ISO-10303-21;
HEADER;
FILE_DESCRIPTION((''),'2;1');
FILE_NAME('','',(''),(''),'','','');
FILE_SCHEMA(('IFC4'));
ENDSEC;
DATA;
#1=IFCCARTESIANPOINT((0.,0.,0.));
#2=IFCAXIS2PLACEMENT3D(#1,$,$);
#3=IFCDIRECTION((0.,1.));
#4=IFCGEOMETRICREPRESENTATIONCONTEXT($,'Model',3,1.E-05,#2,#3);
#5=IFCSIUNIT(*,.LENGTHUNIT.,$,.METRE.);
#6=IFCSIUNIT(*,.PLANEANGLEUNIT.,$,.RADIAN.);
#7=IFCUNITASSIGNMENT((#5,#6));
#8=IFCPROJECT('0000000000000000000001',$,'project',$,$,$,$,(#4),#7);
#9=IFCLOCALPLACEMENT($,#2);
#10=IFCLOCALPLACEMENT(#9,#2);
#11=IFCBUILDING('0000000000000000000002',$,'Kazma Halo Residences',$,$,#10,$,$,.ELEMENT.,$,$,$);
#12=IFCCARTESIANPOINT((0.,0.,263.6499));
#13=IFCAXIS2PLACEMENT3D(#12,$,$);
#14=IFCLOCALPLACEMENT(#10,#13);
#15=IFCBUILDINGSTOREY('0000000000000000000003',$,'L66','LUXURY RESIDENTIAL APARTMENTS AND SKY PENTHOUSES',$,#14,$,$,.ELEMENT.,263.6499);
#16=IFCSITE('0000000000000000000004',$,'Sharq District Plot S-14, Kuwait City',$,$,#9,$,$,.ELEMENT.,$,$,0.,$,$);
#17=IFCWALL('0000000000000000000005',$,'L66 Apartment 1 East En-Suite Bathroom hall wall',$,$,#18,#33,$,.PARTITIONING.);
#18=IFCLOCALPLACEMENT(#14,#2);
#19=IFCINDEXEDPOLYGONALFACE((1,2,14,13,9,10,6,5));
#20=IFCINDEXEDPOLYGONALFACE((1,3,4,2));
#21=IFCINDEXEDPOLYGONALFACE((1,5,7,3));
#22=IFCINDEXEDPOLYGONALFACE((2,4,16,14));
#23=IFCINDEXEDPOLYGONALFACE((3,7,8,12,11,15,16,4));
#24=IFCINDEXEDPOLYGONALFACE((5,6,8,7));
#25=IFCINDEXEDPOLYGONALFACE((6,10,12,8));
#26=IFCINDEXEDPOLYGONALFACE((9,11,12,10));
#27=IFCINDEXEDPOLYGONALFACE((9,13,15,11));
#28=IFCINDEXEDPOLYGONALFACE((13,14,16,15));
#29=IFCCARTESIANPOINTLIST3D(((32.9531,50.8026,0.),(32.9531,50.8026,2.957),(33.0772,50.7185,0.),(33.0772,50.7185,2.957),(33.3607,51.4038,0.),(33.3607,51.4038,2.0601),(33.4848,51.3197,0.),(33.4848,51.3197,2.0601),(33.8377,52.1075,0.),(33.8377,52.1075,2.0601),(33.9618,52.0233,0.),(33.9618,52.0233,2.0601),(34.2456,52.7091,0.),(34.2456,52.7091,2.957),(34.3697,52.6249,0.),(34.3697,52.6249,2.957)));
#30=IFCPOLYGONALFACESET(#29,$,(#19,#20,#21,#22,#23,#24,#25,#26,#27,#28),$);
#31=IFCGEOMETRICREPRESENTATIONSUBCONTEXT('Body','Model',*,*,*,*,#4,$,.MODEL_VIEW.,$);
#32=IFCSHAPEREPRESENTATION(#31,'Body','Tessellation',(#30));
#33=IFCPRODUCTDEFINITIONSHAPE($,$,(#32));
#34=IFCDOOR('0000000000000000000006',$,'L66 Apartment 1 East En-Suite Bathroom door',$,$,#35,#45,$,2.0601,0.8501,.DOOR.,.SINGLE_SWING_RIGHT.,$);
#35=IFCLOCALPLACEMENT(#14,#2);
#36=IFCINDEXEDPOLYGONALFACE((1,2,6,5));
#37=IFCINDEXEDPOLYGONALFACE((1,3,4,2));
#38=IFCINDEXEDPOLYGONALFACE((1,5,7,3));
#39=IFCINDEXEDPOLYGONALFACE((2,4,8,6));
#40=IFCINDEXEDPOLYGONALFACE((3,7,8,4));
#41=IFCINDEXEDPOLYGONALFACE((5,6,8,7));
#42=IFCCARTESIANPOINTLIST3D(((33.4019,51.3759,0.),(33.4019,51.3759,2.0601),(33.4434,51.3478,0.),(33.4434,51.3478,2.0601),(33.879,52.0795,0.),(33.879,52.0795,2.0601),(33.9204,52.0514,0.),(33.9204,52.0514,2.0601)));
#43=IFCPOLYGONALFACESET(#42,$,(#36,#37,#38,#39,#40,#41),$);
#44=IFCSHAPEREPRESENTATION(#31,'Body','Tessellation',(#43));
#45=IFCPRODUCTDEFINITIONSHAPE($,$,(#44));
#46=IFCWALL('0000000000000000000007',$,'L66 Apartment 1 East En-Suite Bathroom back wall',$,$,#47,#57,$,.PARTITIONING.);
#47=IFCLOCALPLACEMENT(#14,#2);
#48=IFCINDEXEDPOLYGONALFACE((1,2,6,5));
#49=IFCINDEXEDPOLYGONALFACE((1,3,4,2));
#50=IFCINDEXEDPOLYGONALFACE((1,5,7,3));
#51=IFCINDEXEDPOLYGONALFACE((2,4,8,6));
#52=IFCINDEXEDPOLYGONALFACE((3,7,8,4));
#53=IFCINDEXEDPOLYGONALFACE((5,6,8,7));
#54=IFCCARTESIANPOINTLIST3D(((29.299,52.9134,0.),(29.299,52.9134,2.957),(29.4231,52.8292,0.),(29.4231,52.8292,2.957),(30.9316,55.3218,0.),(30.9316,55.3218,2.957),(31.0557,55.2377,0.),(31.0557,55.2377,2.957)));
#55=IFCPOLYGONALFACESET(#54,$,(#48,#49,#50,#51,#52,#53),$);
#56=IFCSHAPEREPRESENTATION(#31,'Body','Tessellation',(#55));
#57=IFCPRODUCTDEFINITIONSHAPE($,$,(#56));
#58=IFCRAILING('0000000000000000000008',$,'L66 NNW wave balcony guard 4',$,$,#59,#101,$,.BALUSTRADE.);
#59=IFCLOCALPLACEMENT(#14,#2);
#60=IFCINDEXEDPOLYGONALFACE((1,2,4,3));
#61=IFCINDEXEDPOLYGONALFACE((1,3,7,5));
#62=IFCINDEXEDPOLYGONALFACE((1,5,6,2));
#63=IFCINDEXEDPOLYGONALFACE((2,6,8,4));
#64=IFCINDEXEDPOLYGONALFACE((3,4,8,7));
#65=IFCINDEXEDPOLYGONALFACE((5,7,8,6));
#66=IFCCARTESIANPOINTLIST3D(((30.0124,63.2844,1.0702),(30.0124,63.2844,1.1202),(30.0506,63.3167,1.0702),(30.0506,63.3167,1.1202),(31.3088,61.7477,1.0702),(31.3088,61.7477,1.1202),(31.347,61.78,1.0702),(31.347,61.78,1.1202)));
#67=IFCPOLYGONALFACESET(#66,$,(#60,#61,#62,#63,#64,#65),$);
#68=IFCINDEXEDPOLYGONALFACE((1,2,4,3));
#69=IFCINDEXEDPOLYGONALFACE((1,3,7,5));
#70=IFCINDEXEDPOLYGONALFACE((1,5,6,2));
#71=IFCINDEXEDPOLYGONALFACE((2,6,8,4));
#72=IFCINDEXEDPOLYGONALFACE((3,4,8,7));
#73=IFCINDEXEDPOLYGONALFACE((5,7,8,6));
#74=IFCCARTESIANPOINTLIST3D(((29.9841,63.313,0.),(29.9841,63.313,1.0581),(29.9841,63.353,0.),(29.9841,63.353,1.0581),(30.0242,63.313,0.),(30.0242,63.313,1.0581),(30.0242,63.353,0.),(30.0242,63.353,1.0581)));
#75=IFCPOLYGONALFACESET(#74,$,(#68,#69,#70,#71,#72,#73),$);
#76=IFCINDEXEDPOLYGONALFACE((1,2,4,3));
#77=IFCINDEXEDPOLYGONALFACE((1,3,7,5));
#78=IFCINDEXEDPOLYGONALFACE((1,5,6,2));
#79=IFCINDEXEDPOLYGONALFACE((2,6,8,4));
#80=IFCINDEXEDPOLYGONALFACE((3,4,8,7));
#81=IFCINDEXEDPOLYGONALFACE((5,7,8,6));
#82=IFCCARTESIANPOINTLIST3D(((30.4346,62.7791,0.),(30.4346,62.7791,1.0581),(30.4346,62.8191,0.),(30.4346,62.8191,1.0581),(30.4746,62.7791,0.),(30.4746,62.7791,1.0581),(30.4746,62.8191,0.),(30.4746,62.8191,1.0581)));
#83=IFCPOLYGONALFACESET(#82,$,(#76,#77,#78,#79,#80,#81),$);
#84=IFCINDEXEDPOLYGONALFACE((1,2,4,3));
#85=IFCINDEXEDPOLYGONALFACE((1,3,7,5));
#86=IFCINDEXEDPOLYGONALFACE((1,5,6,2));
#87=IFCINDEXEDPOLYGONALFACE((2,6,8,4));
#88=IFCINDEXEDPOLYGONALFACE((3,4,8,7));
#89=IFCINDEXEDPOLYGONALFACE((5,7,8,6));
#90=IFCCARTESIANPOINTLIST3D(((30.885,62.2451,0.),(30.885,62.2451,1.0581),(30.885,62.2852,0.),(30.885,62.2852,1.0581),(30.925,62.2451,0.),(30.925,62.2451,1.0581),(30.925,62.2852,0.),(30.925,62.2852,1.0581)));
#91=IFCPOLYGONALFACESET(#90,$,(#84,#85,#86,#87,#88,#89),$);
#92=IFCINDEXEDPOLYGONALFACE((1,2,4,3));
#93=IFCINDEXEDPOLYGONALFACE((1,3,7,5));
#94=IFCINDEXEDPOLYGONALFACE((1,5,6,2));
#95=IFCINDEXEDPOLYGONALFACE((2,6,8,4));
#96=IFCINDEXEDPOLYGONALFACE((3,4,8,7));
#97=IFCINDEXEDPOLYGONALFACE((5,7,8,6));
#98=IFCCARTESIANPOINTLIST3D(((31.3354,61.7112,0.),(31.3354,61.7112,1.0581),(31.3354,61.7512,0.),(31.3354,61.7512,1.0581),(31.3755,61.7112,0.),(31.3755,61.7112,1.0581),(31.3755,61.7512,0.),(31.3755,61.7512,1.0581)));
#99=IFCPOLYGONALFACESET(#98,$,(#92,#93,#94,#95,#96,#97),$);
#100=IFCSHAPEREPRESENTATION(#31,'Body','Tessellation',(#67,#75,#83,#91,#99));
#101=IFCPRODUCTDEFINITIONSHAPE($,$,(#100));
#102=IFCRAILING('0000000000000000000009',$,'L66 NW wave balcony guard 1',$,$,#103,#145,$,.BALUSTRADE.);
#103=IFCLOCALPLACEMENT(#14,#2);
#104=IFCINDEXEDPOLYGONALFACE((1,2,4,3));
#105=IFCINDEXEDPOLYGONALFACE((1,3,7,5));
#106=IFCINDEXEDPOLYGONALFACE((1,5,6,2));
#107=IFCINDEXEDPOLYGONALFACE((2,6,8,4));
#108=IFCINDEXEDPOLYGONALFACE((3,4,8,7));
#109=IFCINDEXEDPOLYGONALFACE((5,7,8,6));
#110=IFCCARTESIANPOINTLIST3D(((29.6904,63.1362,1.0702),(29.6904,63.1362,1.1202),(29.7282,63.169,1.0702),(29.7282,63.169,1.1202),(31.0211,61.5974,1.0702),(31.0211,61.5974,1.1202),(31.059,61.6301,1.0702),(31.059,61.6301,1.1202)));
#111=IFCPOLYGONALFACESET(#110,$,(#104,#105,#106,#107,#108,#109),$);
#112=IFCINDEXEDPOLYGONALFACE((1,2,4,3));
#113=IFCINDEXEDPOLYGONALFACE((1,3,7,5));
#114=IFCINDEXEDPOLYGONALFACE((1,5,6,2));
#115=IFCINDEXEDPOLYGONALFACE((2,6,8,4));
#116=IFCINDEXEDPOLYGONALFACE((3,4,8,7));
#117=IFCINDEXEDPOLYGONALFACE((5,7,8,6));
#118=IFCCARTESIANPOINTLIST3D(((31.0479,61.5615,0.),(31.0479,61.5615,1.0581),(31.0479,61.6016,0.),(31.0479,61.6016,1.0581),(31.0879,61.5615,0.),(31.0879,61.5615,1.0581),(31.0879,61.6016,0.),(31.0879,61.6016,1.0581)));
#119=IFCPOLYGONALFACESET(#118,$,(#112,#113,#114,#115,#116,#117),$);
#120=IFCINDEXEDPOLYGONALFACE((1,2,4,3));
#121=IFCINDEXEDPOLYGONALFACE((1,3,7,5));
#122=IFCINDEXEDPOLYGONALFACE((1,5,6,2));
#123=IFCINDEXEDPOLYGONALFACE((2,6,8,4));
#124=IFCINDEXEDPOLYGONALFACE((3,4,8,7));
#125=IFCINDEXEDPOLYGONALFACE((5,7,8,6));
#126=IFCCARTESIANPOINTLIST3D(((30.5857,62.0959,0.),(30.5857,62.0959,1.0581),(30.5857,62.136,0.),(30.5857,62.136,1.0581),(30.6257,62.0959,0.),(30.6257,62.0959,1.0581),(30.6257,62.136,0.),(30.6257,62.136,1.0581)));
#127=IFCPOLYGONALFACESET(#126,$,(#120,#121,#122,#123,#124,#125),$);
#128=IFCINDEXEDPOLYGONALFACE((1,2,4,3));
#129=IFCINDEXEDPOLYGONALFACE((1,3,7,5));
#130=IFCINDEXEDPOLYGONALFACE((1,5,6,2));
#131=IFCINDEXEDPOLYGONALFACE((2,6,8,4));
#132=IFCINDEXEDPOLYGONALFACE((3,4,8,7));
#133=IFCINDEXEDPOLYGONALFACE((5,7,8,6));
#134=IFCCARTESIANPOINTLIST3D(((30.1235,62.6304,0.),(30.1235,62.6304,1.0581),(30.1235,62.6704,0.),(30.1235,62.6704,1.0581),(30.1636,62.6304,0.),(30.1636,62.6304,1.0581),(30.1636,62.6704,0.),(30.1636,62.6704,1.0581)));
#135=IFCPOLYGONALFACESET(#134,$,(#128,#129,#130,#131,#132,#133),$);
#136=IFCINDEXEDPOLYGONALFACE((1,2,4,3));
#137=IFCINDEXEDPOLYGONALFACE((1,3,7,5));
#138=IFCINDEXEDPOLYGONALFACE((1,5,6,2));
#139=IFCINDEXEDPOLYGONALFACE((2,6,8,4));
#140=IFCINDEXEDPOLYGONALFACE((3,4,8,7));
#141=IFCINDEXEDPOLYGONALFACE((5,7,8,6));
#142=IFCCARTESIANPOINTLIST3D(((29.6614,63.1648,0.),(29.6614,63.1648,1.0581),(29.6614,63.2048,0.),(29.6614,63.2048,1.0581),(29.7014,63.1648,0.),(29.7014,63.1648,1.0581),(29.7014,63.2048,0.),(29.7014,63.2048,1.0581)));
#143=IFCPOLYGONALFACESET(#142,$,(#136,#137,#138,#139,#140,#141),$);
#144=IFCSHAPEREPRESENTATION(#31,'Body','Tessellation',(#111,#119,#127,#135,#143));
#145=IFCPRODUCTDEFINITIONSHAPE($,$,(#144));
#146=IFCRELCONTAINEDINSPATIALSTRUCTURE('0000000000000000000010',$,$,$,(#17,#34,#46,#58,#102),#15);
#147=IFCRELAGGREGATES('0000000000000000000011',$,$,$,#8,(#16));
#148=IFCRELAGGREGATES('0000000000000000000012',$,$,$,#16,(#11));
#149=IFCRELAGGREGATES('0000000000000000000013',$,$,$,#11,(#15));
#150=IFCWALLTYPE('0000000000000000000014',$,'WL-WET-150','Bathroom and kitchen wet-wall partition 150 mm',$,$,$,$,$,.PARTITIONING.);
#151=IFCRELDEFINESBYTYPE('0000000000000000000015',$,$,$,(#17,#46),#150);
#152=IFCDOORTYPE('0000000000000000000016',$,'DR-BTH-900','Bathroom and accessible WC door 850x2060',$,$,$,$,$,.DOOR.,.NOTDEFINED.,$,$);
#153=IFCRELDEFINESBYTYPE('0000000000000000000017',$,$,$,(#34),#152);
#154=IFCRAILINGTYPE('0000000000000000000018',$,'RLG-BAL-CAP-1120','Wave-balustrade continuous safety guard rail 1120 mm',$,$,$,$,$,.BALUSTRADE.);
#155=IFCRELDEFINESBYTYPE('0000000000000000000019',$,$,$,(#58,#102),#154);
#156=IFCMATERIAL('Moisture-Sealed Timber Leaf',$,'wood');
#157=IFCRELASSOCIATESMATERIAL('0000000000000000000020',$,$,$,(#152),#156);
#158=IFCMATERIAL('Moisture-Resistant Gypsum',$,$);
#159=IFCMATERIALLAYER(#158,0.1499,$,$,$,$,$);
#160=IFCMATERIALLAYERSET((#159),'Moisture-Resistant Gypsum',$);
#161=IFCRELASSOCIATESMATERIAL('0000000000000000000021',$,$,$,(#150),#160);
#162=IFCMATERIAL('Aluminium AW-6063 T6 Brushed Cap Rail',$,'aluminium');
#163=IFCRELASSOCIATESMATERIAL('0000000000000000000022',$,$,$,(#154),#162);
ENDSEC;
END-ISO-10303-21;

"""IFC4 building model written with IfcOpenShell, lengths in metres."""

from ifc_helpers import new_model, si_unit, direction, frame, frame_2d, origin, origin_2d, place, context, subcontext, project, spatial, rectangle, extrude, material, layer, layer_set, type_object, element, fill, save


model = new_model("IFC4")

# Units and contexts
model_context = context("Model", 3, precision=1e-05, world=origin(), true_north=direction((0.0, 1.0)))
body_context = subcontext(model_context, "Body", "Model", "MODEL_VIEW")
ifc_project = project(units=[si_unit("LENGTHUNIT", "METRE"), si_unit("PLANEANGLEUNIT", "RADIAN")], contexts=[model_context])

# Site, building, storey
site_placement = place(None, origin())
site = spatial("IfcSite", under=ifc_project, at=site_placement, Name="Sharq District Plot S-14, Kuwait City", CompositionType="ELEMENT", RefElevation=0.0)
building_placement = place(site_placement, origin())
building = spatial("IfcBuilding", under=site, at=building_placement, Name="Kazma Halo Residences", CompositionType="ELEMENT")
storey_placement = place(building_placement, frame((0.0, 0.0, 263.6499)))
storey = spatial("IfcBuildingStorey", under=building, at=storey_placement, Name="L66", Description="LUXURY RESIDENTIAL APARTMENTS AND SKY PENTHOUSES", CompositionType="ELEMENT", Elevation=263.6499)

# Wall, opening, door
ifc_material_1 = material(Name="Moisture-Sealed Timber Leaf", Category="wood")
door_type_1 = type_object("IfcDoorType", Name="DR-BTH-900", Description="Bathroom and accessible WC door 850x2060", OperationType="NOTDEFINED", PredefinedType="DOOR", material=ifc_material_1)
ifc_material_2 = material(Name="Moisture-Resistant Gypsum")
ifc_layer_1 = layer(ifc_material_2, 0.1499)
ifc_layer_set_1 = layer_set([ifc_layer_1], Name="Moisture-Resistant Gypsum")
wall_type_1 = type_object("IfcWallType", Name="WL-WET-150", Description="Bathroom and kitchen wet-wall partition 150 mm", PredefinedType="PARTITIONING", material=ifc_layer_set_1)
wall_1_placement = place(storey_placement, frame((34.3076, 52.667, 0.0), z_axis=(0.0, 0.0, 1.0), x_axis=(-0.561141, -0.82772, 0.0)))
wall_1 = element("IfcWall", 1, at=wall_1_placement, inside=storey, type_object=wall_type_1, Name="L66 Apartment 1 East En-Suite Bathroom hall wall", PredefinedType="PARTITIONING", context=body_context, shape_type="SweptSolid", body=[
    extrude(rectangle(XDim=2.3032, YDim=0.1499, at=frame_2d((1.1516, 0.0))), origin(), (0.0, 0.0, 1.0), 2.957),
])
opening_1_placement = place(wall_1_placement, frame((0.7268, 0.0, 0.0)))
opening_1 = element("IfcOpeningElement", 2, at=opening_1_placement, cuts=wall_1, PredefinedType="OPENING", context=body_context, shape_type="SweptSolid", body=[
    extrude(rectangle(XDim=0.8501, YDim=2.0601, at=frame_2d((0.425, 1.03))), frame((0.0, 0.085, 0.0), z_axis=(0.0, -1.0, 0.0), x_axis=(1.0, 0.0, 0.0)), (0.0, 0.0, 1.0), 0.1699),
])
door_1_placement = place(opening_1_placement, origin())
door_1 = element("IfcDoor", 3, at=door_1_placement, inside=storey, type_object=door_type_1, Name="L66 Apartment 1 East En-Suite Bathroom door", OperationType="SINGLE_SWING_RIGHT", OverallHeight=2.0601, OverallWidth=0.8501, PredefinedType="DOOR", context=body_context, shape_type="SweptSolid", body=[
    extrude(rectangle(XDim=0.8501, YDim=2.0601, at=frame_2d((0.425, 1.03))), frame((0.0, 0.0249, 0.0), z_axis=(0.0, -1.0, 0.0), x_axis=(1.0, 0.0, 0.0)), (0.0, 0.0, 1.0), 0.05),
])
fill(opening_1, door_1)

# Wall
wall_2_placement = place(storey_placement, frame((30.9937, 55.2798, 0.0), z_axis=(0.0, 0.0, 1.0), x_axis=(-0.561093, -0.827753, 0.0)))
element("IfcWall", 4, at=wall_2_placement, inside=storey, type_object=wall_type_1, Name="L66 Apartment 1 East En-Suite Bathroom back wall", PredefinedType="PARTITIONING", context=body_context, shape_type="SweptSolid", body=[
    extrude(rectangle(XDim=2.9097, YDim=0.1499, at=frame_2d((1.4548, 0.0))), origin(), (0.0, 0.0, 1.0), 2.957),
])

# Railings
ifc_material_3 = material(Name="Aluminium AW-6063 T6 Brushed Cap Rail", Category="aluminium")
railing_type = type_object("IfcRailingType", Name="RLG-BAL-CAP-1120", Description="Wave-balustrade continuous safety guard rail 1120 mm", PredefinedType="BALUSTRADE", material=ifc_material_3)
railing_1_placement = place(storey_placement, frame((30.0042, 63.333, 0.0)))
element("IfcRailing", 5, at=railing_1_placement, inside=storey, type_object=railing_type, Name="L66 NNW wave balcony guard 4", PredefinedType="BALUSTRADE", context=body_context, shape_type="SweptSolid", body=[
    extrude(rectangle(XDim=0.05, YDim=0.05, at=origin_2d()), frame((0.0273, -0.0325, 1.0952), z_axis=(0.644814, -0.76434, 0.0), x_axis=(0.76434, 0.644814, 0.0)), (0.0, 0.0, 1.0), 2.0105),
    extrude(rectangle(XDim=0.04, YDim=0.04, at=origin_2d()), origin(), (0.0, 0.0, 1.0), 1.0581),
    extrude(rectangle(XDim=0.04, YDim=0.04, at=origin_2d()), frame((0.4504, -0.5339, 0.0)), (0.0, 0.0, 1.0), 1.0581),
    extrude(rectangle(XDim=0.04, YDim=0.04, at=origin_2d()), frame((0.9009, -1.0679, 0.0)), (0.0, 0.0, 1.0), 1.0581),
    extrude(rectangle(XDim=0.04, YDim=0.04, at=origin_2d()), frame((1.3513, -1.6018, 0.0)), (0.0, 0.0, 1.0), 1.0581),
])
railing_2_placement = place(storey_placement, frame((31.0679, 61.5815, 0.0)))
element("IfcRailing", 6, at=railing_2_placement, inside=storey, type_object=railing_type, Name="L66 NW wave balcony guard 1", PredefinedType="BALUSTRADE", context=body_context, shape_type="SweptSolid", body=[
    extrude(rectangle(XDim=0.05, YDim=0.05, at=origin_2d()), frame((-0.0278, 0.0322, 1.0952), z_axis=(-0.654115, 0.756396, 0.0), x_axis=(-0.756396, -0.654115, 0.0)), (0.0, 0.0, 1.0), 2.0344),
    extrude(rectangle(XDim=0.04, YDim=0.04, at=origin_2d()), origin(), (0.0, 0.0, 1.0), 1.0581),
    extrude(rectangle(XDim=0.04, YDim=0.04, at=origin_2d()), frame((-0.4622, 0.5344, 0.0)), (0.0, 0.0, 1.0), 1.0581),
    extrude(rectangle(XDim=0.04, YDim=0.04, at=origin_2d()), frame((-0.9243, 1.0688, 0.0)), (0.0, 0.0, 1.0), 1.0581),
    extrude(rectangle(XDim=0.04, YDim=0.04, at=origin_2d()), frame((-1.3865, 1.6033, 0.0)), (0.0, 0.0, 1.0), 1.0581),
])

save(model, "model.ifc")
